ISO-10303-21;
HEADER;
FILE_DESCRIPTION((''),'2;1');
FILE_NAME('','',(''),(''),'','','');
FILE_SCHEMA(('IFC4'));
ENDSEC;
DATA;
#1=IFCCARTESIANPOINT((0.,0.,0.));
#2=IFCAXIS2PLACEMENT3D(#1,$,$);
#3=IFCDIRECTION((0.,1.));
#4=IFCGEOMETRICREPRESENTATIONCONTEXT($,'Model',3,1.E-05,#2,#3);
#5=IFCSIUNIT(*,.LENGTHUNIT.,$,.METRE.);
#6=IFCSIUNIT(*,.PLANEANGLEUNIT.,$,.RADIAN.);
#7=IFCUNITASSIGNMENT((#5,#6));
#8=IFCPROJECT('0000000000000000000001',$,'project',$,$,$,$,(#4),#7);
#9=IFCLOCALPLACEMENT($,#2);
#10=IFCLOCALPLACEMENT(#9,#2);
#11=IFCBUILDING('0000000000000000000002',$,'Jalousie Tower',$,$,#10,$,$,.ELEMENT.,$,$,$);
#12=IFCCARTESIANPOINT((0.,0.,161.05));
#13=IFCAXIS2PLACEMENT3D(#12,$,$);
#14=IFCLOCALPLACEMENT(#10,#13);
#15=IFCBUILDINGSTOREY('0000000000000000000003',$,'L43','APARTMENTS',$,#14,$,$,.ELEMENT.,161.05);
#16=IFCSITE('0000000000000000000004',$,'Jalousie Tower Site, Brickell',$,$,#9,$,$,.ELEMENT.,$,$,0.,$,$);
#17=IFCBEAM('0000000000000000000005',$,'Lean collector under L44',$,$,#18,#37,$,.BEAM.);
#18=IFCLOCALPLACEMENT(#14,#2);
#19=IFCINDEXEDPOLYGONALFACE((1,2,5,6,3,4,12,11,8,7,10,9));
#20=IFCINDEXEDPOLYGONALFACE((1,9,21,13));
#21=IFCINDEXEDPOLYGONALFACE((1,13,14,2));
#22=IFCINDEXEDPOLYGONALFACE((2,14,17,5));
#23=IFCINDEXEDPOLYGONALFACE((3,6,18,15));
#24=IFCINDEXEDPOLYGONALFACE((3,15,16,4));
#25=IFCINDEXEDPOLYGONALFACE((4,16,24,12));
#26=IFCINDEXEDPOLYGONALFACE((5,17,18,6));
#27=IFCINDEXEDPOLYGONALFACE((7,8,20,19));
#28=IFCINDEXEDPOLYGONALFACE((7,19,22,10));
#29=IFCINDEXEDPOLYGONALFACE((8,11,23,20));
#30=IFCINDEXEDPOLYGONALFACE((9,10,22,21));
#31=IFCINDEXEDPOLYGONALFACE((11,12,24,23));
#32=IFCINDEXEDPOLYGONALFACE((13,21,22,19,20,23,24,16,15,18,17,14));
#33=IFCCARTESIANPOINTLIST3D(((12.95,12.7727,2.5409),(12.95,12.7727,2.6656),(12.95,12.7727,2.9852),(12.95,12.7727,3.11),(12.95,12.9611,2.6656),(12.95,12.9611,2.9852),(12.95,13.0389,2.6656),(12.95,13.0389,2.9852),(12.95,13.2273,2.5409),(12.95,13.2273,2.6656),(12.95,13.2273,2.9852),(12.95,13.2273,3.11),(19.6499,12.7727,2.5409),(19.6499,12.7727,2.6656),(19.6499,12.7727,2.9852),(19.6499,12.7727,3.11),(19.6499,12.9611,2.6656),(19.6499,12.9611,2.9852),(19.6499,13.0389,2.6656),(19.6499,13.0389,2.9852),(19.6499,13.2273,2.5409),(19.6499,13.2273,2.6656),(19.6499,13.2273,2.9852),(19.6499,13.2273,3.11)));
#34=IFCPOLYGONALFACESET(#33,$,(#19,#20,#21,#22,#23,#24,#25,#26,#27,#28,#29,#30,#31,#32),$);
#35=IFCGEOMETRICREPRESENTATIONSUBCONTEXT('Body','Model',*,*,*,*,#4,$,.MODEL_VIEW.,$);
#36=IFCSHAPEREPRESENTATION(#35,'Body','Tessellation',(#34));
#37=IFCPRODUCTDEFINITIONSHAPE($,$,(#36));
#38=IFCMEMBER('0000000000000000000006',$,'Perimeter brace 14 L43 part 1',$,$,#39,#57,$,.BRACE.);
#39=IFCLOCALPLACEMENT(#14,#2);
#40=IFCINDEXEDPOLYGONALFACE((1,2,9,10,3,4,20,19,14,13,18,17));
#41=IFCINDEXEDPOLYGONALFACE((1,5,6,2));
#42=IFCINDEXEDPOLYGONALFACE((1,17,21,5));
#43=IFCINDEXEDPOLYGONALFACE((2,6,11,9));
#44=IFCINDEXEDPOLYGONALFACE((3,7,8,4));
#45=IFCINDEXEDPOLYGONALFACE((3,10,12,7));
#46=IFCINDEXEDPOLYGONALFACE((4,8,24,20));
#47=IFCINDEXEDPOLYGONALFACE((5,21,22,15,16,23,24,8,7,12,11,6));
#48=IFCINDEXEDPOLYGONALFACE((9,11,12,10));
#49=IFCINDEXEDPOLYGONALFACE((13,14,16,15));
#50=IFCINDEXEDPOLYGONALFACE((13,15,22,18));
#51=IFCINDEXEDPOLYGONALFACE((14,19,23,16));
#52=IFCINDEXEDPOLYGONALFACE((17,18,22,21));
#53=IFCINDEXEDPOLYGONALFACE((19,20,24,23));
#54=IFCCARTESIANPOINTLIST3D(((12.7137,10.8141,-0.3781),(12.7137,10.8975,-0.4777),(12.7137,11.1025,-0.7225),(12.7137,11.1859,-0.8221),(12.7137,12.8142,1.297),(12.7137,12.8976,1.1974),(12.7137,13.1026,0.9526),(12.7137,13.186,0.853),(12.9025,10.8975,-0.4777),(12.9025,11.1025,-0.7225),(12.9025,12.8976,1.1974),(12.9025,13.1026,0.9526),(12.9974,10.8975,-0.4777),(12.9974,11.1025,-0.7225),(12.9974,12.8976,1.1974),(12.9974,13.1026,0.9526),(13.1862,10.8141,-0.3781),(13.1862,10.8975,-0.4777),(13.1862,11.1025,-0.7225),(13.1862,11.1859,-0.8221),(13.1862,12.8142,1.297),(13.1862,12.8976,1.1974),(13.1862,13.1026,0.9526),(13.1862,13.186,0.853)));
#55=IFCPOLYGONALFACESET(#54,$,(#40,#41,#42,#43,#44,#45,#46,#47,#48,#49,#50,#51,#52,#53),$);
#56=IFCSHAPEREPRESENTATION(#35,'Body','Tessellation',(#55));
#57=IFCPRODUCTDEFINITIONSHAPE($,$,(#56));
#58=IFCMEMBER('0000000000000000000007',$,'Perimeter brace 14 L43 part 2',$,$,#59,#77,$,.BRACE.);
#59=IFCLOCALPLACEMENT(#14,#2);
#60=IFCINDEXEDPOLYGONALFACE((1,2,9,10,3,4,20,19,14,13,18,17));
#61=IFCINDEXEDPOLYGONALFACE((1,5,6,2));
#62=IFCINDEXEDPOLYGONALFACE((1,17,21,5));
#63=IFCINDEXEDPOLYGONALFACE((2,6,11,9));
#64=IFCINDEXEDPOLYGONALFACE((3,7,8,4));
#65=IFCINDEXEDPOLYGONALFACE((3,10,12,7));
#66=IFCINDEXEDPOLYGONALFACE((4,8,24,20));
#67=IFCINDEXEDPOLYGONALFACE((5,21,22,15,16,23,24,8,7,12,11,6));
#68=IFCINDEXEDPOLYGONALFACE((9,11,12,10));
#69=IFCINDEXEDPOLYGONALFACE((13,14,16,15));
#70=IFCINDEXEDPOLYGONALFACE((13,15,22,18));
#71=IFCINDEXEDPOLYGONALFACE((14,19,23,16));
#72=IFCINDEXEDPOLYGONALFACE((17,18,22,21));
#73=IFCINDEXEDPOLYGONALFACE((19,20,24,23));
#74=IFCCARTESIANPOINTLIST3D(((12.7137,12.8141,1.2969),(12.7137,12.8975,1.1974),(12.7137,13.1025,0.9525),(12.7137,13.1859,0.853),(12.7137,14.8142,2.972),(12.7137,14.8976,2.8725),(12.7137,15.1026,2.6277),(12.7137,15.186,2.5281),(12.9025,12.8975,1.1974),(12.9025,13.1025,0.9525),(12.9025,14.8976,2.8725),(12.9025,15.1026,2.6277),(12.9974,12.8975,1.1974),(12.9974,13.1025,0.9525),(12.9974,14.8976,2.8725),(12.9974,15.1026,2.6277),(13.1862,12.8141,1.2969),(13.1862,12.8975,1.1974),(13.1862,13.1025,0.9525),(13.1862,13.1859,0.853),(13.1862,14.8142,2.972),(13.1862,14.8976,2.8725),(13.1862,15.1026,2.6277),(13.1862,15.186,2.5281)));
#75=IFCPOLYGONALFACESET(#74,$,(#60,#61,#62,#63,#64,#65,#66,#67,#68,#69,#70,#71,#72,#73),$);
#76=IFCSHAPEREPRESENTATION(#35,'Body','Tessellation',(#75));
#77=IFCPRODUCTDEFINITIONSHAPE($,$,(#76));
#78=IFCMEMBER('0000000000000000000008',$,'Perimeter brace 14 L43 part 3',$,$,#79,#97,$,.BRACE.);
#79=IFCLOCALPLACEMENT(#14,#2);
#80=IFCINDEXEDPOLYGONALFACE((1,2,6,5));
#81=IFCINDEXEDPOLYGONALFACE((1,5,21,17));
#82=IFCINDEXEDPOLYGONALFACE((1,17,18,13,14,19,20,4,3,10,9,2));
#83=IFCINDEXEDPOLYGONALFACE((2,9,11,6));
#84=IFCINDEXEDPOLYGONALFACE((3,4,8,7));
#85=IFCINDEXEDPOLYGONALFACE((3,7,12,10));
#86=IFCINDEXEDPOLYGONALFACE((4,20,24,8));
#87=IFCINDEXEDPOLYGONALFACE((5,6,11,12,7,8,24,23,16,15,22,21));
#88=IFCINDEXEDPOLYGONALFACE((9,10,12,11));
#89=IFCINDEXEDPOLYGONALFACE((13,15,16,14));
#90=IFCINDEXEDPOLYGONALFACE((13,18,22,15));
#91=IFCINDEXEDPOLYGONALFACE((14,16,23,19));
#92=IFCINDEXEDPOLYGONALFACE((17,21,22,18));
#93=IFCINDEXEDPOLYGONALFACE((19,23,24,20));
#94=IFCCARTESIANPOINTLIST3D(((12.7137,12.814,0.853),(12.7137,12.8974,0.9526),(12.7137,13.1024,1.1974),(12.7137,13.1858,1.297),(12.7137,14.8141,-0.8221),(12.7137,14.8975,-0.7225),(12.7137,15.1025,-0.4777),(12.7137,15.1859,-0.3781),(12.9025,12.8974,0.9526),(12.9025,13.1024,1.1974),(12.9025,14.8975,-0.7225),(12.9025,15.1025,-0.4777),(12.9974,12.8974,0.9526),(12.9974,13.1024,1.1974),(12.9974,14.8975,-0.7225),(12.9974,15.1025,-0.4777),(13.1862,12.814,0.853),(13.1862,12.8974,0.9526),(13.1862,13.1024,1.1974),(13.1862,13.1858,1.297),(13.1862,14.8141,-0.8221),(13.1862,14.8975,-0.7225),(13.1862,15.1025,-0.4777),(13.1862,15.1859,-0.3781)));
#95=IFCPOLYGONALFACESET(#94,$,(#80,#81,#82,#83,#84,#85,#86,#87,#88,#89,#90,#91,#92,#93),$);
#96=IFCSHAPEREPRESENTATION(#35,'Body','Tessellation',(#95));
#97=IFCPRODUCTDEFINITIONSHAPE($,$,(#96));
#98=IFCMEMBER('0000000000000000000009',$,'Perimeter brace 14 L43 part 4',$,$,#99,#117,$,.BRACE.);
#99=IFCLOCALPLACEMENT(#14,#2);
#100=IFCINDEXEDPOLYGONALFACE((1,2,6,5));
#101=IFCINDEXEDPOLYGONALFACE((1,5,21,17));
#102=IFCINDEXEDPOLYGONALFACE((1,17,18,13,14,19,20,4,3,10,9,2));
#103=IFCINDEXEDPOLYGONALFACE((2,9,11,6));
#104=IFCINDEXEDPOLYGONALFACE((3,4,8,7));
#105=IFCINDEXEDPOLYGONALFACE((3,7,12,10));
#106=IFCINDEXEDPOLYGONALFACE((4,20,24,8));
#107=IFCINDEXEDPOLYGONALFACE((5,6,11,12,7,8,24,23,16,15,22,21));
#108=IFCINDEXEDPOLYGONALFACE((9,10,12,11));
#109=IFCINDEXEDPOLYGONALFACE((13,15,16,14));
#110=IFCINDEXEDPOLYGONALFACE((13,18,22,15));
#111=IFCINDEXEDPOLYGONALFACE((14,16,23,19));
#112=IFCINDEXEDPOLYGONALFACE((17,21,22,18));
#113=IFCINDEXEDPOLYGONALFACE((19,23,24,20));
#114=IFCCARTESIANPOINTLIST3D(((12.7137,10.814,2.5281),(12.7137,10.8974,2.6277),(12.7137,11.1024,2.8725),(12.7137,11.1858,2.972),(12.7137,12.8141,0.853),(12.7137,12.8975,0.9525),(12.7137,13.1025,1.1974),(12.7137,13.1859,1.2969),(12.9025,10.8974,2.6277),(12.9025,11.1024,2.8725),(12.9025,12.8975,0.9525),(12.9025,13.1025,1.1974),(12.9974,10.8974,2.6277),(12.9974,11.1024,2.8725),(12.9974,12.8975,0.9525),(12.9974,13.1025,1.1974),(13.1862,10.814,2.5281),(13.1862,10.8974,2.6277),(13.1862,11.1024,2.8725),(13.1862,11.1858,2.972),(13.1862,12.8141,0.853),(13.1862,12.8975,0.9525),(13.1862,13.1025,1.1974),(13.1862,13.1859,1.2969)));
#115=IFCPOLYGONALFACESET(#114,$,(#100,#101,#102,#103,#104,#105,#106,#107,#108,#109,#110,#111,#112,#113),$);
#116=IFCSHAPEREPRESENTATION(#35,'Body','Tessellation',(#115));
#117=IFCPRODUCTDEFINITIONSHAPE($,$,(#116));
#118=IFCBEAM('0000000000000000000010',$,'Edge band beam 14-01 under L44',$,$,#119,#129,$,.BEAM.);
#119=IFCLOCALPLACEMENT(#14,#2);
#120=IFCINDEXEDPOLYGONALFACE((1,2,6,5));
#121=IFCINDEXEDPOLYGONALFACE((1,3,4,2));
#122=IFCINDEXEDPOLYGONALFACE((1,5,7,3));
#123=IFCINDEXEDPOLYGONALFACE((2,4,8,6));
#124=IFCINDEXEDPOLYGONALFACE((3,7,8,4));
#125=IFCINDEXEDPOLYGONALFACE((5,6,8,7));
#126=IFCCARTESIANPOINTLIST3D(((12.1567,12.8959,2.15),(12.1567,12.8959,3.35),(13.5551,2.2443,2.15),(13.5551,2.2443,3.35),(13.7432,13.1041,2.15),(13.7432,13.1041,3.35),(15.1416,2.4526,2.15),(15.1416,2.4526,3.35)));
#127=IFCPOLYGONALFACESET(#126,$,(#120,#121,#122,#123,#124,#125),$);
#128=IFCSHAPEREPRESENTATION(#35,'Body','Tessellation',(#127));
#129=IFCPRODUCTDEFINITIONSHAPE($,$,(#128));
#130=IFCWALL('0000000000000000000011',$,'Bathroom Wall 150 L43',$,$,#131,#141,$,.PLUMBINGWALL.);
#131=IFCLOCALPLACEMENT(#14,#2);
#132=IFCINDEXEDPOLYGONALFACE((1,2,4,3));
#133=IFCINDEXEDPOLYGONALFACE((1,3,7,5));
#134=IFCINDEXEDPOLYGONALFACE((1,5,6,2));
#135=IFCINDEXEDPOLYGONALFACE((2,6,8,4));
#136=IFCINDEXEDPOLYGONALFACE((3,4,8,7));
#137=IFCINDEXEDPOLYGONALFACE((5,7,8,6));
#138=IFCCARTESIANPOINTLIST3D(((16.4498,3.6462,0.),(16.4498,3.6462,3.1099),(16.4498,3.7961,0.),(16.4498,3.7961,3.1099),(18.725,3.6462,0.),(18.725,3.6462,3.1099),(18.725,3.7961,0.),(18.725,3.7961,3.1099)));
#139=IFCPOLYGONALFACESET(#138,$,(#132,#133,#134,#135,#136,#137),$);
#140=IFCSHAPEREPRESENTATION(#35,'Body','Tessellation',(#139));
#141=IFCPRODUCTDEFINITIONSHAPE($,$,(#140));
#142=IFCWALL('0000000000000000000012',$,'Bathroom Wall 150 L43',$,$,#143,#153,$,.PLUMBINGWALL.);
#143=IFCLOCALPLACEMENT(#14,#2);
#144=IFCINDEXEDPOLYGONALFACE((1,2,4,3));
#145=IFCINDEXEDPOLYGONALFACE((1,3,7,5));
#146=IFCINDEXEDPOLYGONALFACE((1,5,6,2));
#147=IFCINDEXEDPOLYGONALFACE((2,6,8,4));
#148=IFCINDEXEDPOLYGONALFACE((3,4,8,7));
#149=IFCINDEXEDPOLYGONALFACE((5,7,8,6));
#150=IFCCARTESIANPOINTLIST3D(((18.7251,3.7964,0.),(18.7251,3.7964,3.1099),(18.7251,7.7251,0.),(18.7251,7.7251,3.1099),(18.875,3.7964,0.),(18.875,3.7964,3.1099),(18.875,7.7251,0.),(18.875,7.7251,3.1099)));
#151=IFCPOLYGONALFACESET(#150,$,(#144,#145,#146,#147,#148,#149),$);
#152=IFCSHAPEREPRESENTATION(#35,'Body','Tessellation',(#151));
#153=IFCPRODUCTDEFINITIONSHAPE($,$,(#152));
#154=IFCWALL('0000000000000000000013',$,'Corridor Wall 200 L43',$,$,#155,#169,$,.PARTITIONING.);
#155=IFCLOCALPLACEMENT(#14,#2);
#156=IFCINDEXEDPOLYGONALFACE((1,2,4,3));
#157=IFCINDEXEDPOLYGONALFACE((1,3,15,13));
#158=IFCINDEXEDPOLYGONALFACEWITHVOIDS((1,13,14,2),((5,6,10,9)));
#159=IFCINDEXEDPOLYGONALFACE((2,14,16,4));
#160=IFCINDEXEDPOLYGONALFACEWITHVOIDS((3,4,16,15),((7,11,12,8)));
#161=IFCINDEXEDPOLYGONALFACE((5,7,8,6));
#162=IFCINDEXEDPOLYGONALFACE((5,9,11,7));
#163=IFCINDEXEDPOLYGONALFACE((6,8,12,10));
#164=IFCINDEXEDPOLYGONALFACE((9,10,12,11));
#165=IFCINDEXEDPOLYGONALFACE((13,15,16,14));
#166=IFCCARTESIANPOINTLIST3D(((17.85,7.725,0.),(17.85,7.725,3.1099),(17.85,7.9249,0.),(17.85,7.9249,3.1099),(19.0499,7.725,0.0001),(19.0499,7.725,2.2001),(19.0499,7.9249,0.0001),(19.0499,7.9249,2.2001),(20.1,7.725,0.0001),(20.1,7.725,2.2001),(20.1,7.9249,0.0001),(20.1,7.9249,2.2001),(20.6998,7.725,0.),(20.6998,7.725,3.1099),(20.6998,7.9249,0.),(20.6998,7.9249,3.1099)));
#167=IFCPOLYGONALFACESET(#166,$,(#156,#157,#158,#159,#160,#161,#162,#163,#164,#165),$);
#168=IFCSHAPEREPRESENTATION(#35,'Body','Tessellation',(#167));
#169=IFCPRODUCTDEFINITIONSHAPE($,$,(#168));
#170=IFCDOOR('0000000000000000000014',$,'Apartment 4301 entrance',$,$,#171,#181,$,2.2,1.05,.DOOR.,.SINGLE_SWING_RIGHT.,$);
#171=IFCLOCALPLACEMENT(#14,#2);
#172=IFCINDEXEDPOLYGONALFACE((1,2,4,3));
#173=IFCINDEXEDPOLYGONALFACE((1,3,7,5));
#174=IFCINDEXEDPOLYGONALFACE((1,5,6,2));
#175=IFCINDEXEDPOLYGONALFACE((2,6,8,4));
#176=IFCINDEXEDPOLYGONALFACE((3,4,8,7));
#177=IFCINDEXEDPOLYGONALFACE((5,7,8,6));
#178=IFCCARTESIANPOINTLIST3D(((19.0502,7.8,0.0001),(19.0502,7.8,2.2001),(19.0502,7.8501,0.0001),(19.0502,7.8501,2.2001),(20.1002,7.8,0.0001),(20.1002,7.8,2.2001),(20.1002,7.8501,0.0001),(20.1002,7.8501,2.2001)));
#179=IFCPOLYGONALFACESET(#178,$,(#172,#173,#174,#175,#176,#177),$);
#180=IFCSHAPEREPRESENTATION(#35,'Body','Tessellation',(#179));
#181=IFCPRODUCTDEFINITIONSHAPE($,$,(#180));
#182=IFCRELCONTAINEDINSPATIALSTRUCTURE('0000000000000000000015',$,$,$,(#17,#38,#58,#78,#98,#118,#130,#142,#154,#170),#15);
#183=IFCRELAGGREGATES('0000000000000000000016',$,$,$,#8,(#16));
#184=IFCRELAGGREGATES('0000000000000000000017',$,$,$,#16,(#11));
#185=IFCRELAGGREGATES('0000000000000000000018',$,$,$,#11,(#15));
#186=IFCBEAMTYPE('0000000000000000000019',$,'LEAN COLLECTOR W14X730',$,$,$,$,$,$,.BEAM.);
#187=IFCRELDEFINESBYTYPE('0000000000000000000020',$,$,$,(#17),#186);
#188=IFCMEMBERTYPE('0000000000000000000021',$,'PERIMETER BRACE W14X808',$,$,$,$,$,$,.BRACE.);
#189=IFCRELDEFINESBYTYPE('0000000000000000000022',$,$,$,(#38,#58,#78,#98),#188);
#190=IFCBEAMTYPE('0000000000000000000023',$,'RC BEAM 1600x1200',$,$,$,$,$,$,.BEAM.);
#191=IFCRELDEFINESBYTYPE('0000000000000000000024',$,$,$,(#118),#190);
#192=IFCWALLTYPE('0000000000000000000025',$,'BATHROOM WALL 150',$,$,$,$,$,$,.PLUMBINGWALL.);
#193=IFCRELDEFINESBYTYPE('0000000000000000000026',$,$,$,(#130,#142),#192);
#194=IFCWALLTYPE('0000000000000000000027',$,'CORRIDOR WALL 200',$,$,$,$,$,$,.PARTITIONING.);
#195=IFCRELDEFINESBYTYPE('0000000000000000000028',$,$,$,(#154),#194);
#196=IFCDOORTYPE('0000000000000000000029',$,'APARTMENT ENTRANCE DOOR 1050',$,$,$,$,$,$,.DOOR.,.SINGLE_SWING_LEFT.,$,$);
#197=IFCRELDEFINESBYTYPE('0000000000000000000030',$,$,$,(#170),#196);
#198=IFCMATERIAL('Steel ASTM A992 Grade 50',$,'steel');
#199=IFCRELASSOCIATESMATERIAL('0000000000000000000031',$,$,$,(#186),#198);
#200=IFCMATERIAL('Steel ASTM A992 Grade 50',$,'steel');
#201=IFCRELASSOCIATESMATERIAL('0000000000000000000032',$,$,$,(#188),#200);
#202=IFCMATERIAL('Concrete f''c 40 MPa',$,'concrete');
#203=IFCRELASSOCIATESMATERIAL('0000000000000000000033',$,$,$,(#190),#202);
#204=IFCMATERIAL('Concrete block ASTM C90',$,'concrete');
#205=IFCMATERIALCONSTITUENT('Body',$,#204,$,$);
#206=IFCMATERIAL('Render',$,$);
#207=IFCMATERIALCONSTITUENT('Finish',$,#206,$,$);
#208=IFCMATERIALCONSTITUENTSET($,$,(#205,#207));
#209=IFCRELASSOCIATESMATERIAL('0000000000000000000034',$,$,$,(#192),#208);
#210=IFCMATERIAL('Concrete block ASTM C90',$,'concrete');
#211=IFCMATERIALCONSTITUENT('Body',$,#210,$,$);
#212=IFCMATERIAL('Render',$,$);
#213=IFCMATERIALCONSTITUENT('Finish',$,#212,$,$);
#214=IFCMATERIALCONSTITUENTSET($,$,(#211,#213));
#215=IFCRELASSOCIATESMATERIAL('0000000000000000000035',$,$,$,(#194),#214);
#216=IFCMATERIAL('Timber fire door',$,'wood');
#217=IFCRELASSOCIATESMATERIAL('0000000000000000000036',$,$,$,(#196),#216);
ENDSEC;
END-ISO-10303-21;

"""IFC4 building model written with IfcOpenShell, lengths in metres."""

from ifc_helpers import new_model, si_unit, direction, frame, frame_2d, origin, origin_2d, place, context, subcontext, project, spatial, rectangle, i_section, extrude, material, constituent, constituent_set, material_profile, profile_set, type_object, element, fill, save


model = new_model("IFC4")

# Units and contexts
model_context = context("Model", 3, precision=1e-05, world=origin(), true_north=direction((0.0, 1.0)))
body_context = subcontext(model_context, "Body", "Model", "MODEL_VIEW")
ifc_project = project(units=[si_unit("LENGTHUNIT", "METRE"), si_unit("PLANEANGLEUNIT", "RADIAN")], contexts=[model_context])

# Site, building, storey
site_placement = place(None, origin())
site = spatial("IfcSite", under=ifc_project, at=site_placement, Name="Jalousie Tower Site, Brickell", CompositionType="ELEMENT", RefElevation=0.0)
building_placement = place(site_placement, origin())
building = spatial("IfcBuilding", under=site, at=building_placement, Name="Jalousie Tower", CompositionType="ELEMENT")
storey_placement = place(building_placement, frame((0.0, 0.0, 161.05)))
storey = spatial("IfcBuildingStorey", under=building, at=storey_placement, Name="L43", Description="APARTMENTS", CompositionType="ELEMENT", Elevation=161.05)

# Beam
ifc_material_1 = material(Name="Steel ASTM A992 Grade 50", Category="steel")
ifc_material_profile_1 = material_profile(ifc_material_1, i_section(OverallWidth=0.4546, OverallDepth=0.5691, WebThickness=0.0779, FlangeThickness=0.1248, at=origin_2d()), Name="W14X730")
ifc_profile_set_1 = profile_set([ifc_material_profile_1], Name="Steel ASTM A992 Grade 50")
beam_type_1 = type_object("IfcBeamType", Name="LEAN COLLECTOR W14X730", PredefinedType="BEAM", material=ifc_profile_set_1)
beam_1_placement = place(storey_placement, frame((12.95, 13.0, 2.8254), z_axis=(1.0, 0.0, 0.0), x_axis=(0.0, 1.0, 0.0)))
element("IfcBeam", 1, at=beam_1_placement, inside=storey, type_object=beam_type_1, Name="Lean collector under L44", PredefinedType="BEAM", context=body_context, shape_type="SweptSolid", body=[
    extrude(i_section(OverallWidth=0.4546, OverallDepth=0.5691, WebThickness=0.0779, FlangeThickness=0.1248, at=origin_2d()), origin(), (0.0, 0.0, 1.0), 6.7),
])

# Members
ifc_material_2 = material(Name="Steel ASTM A992 Grade 50", Category="steel")
ifc_material_profile_2 = material_profile(ifc_material_2, i_section(OverallWidth=0.4724, OverallDepth=0.5791, WebThickness=0.095, FlangeThickness=0.1299, at=origin_2d()), Name="W14X808")
ifc_profile_set_2 = profile_set([ifc_material_profile_2], Name="Steel ASTM A992 Grade 50")
member_type = type_object("IfcMemberType", Name="PERIMETER BRACE W14X808", PredefinedType="BRACE", material=ifc_profile_set_2)
for number, where, z_axis, x_axis, name in (
    (2, (12.95, 11.0, -0.6001), (0.0, 0.766639, 0.642079), (-1.0, 0.0, 0.0), "Perimeter brace 14 L43 part 1"),
    (3, (12.95, 13.0, 1.075), (0.0, 0.766639, 0.642079), (-1.0, 0.0, 0.0), "Perimeter brace 14 L43 part 2"),
    (4, (12.95, 15.0, -0.6001), (0.0, -0.766639, 0.642079), (1.0, 0.0, 0.0), "Perimeter brace 14 L43 part 3"),
    (5, (12.95, 13.0, 1.075), (0.0, -0.766639, 0.642079), (1.0, 0.0, 0.0), "Perimeter brace 14 L43 part 4"),
):
    element("IfcMember", number, at=place(storey_placement, frame(where, z_axis=z_axis, x_axis=x_axis)), inside=storey, type_object=member_type, Name=name, PredefinedType="BRACE", context=body_context, shape_type="SweptSolid", body=[
        extrude(i_section(OverallWidth=0.4724, OverallDepth=0.5791, WebThickness=0.095, FlangeThickness=0.1299, at=origin_2d()), origin(), (0.0, 0.0, 1.0), 2.6089),
    ])

# Beam
ifc_material_3 = material(Name="Concrete f'c 40 MPa", Category="concrete")
ifc_material_profile_3 = material_profile(ifc_material_3, rectangle(XDim=1.6001, YDim=1.2, at=origin_2d()), Name="RC 1600x1200")
ifc_profile_set_3 = profile_set([ifc_material_profile_3], Name="Concrete f'c 40 MPa")
beam_type_2 = type_object("IfcBeamType", Name="RC BEAM 1600x1200", PredefinedType="BEAM", material=ifc_profile_set_3)
beam_2_placement = place(storey_placement, frame((12.95, 13.0, 2.75), z_axis=(0.130172, -0.991491, 0.0), x_axis=(0.991491, 0.130172, 0.0)))
element("IfcBeam", 6, at=beam_2_placement, inside=storey, type_object=beam_type_2, Name="Edge band beam 14-01 under L44", PredefinedType="BEAM", context=body_context, shape_type="SweptSolid", body=[
    extrude(rectangle(XDim=1.6001, YDim=1.2, at=origin_2d()), origin(), (0.0, 0.0, 1.0), 10.7429),
])

# Walls
ifc_material_4 = material(Name="Concrete block ASTM C90", Category="concrete")
ifc_constituent_1 = constituent(ifc_material_4, Name="Body")
ifc_material_5 = material(Name="Render")
ifc_constituent_2 = constituent(ifc_material_5, Name="Finish")
ifc_constituent_set_1 = constituent_set(constituents=[ifc_constituent_1, ifc_constituent_2])
wall_type_1 = type_object("IfcWallType", Name="BATHROOM WALL 150", PredefinedType="PLUMBINGWALL", material=ifc_constituent_set_1)
wall_1_placement = place(storey_placement, frame((18.7251, 3.7212, 0.0), z_axis=(0.0, 0.0, 1.0), x_axis=(-1.0, 0.0, 0.0)))
element("IfcWall", 7, at=wall_1_placement, inside=storey, type_object=wall_type_1, Name="Bathroom Wall 150 L43", PredefinedType="PLUMBINGWALL", context=body_context, shape_type="SweptSolid", body=[
    extrude(rectangle(XDim=2.2751, YDim=0.1499, at=frame_2d((1.1377, 0.0))), origin(), (0.0, 0.0, 1.0), 3.1099),
])
wall_2_placement = place(storey_placement, frame((18.8, 3.7964, 0.0), z_axis=(0.0, 0.0, 1.0), x_axis=(0.0, 1.0, 0.0)))
element("IfcWall", 8, at=wall_2_placement, inside=storey, type_object=wall_type_1, Name="Bathroom Wall 150 L43", PredefinedType="PLUMBINGWALL", context=body_context, shape_type="SweptSolid", body=[
    extrude(rectangle(XDim=3.9287, YDim=0.1499, at=frame_2d((1.9644, 0.0))), origin(), (0.0, 0.0, 1.0), 3.1099),
])

# Wall, opening, door
ifc_material_6 = material(Name="Concrete block ASTM C90", Category="concrete")
ifc_constituent_3 = constituent(ifc_material_6, Name="Body")
ifc_material_7 = material(Name="Render")
ifc_constituent_4 = constituent(ifc_material_7, Name="Finish")
ifc_constituent_set_2 = constituent_set(constituents=[ifc_constituent_3, ifc_constituent_4])
wall_type_2 = type_object("IfcWallType", Name="CORRIDOR WALL 200", PredefinedType="PARTITIONING", material=ifc_constituent_set_2)
wall_3_placement = place(storey_placement, frame((17.8501, 7.825, 0.0), z_axis=(0.0, 0.0, 1.0), x_axis=(1.0, 0.0, 0.0)))
wall_3 = element("IfcWall", 9, at=wall_3_placement, inside=storey, type_object=wall_type_2, Name="Corridor Wall 200 L43", PredefinedType="PARTITIONING", context=body_context, shape_type="SweptSolid", body=[
    extrude(rectangle(XDim=2.8499, YDim=0.2, at=frame_2d((1.4248, 0.0))), origin(), (0.0, 0.0, 1.0), 3.1099),
])
opening_1_placement = place(wall_3_placement, frame((1.2, 0.0, 0.0)))
opening_1 = element("IfcOpeningElement", 10, at=opening_1_placement, cuts=wall_3, PredefinedType="OPENING", context=body_context, shape_type="SweptSolid", body=[
    extrude(rectangle(XDim=1.05, YDim=2.2, at=frame_2d((0.5249, 1.1001))), frame((0.0, 0.1099, 0.0), z_axis=(0.0, -1.0, 0.0), x_axis=(1.0, 0.0, 0.0)), (0.0, 0.0, 1.0), 0.22),
])
ifc_material_8 = material(Name="Timber fire door", Category="wood")
door_type_1 = type_object("IfcDoorType", Name="APARTMENT ENTRANCE DOOR 1050", OperationType="SINGLE_SWING_LEFT", PredefinedType="DOOR", material=ifc_material_8)
door_1_placement = place(opening_1_placement, frame((1.05, 0.0, 0.0), z_axis=(0.0, 0.0, 1.0), x_axis=(-1.0, 0.0, 0.0)))
door_1 = element("IfcDoor", 11, at=door_1_placement, inside=storey, type_object=door_type_1, Name="Apartment 4301 entrance", OperationType="SINGLE_SWING_RIGHT", OverallHeight=2.2, OverallWidth=1.05, PredefinedType="DOOR", context=body_context, shape_type="SweptSolid", body=[
    extrude(rectangle(XDim=1.05, YDim=2.2, at=frame_2d((0.5249, 1.1001))), frame((0.0, 0.0249, 0.0), z_axis=(0.0, -1.0, 0.0), x_axis=(1.0, 0.0, 0.0)), (0.0, 0.0, 1.0), 0.05),
])
fill(opening_1, door_1)

save(model, "model.ifc")
